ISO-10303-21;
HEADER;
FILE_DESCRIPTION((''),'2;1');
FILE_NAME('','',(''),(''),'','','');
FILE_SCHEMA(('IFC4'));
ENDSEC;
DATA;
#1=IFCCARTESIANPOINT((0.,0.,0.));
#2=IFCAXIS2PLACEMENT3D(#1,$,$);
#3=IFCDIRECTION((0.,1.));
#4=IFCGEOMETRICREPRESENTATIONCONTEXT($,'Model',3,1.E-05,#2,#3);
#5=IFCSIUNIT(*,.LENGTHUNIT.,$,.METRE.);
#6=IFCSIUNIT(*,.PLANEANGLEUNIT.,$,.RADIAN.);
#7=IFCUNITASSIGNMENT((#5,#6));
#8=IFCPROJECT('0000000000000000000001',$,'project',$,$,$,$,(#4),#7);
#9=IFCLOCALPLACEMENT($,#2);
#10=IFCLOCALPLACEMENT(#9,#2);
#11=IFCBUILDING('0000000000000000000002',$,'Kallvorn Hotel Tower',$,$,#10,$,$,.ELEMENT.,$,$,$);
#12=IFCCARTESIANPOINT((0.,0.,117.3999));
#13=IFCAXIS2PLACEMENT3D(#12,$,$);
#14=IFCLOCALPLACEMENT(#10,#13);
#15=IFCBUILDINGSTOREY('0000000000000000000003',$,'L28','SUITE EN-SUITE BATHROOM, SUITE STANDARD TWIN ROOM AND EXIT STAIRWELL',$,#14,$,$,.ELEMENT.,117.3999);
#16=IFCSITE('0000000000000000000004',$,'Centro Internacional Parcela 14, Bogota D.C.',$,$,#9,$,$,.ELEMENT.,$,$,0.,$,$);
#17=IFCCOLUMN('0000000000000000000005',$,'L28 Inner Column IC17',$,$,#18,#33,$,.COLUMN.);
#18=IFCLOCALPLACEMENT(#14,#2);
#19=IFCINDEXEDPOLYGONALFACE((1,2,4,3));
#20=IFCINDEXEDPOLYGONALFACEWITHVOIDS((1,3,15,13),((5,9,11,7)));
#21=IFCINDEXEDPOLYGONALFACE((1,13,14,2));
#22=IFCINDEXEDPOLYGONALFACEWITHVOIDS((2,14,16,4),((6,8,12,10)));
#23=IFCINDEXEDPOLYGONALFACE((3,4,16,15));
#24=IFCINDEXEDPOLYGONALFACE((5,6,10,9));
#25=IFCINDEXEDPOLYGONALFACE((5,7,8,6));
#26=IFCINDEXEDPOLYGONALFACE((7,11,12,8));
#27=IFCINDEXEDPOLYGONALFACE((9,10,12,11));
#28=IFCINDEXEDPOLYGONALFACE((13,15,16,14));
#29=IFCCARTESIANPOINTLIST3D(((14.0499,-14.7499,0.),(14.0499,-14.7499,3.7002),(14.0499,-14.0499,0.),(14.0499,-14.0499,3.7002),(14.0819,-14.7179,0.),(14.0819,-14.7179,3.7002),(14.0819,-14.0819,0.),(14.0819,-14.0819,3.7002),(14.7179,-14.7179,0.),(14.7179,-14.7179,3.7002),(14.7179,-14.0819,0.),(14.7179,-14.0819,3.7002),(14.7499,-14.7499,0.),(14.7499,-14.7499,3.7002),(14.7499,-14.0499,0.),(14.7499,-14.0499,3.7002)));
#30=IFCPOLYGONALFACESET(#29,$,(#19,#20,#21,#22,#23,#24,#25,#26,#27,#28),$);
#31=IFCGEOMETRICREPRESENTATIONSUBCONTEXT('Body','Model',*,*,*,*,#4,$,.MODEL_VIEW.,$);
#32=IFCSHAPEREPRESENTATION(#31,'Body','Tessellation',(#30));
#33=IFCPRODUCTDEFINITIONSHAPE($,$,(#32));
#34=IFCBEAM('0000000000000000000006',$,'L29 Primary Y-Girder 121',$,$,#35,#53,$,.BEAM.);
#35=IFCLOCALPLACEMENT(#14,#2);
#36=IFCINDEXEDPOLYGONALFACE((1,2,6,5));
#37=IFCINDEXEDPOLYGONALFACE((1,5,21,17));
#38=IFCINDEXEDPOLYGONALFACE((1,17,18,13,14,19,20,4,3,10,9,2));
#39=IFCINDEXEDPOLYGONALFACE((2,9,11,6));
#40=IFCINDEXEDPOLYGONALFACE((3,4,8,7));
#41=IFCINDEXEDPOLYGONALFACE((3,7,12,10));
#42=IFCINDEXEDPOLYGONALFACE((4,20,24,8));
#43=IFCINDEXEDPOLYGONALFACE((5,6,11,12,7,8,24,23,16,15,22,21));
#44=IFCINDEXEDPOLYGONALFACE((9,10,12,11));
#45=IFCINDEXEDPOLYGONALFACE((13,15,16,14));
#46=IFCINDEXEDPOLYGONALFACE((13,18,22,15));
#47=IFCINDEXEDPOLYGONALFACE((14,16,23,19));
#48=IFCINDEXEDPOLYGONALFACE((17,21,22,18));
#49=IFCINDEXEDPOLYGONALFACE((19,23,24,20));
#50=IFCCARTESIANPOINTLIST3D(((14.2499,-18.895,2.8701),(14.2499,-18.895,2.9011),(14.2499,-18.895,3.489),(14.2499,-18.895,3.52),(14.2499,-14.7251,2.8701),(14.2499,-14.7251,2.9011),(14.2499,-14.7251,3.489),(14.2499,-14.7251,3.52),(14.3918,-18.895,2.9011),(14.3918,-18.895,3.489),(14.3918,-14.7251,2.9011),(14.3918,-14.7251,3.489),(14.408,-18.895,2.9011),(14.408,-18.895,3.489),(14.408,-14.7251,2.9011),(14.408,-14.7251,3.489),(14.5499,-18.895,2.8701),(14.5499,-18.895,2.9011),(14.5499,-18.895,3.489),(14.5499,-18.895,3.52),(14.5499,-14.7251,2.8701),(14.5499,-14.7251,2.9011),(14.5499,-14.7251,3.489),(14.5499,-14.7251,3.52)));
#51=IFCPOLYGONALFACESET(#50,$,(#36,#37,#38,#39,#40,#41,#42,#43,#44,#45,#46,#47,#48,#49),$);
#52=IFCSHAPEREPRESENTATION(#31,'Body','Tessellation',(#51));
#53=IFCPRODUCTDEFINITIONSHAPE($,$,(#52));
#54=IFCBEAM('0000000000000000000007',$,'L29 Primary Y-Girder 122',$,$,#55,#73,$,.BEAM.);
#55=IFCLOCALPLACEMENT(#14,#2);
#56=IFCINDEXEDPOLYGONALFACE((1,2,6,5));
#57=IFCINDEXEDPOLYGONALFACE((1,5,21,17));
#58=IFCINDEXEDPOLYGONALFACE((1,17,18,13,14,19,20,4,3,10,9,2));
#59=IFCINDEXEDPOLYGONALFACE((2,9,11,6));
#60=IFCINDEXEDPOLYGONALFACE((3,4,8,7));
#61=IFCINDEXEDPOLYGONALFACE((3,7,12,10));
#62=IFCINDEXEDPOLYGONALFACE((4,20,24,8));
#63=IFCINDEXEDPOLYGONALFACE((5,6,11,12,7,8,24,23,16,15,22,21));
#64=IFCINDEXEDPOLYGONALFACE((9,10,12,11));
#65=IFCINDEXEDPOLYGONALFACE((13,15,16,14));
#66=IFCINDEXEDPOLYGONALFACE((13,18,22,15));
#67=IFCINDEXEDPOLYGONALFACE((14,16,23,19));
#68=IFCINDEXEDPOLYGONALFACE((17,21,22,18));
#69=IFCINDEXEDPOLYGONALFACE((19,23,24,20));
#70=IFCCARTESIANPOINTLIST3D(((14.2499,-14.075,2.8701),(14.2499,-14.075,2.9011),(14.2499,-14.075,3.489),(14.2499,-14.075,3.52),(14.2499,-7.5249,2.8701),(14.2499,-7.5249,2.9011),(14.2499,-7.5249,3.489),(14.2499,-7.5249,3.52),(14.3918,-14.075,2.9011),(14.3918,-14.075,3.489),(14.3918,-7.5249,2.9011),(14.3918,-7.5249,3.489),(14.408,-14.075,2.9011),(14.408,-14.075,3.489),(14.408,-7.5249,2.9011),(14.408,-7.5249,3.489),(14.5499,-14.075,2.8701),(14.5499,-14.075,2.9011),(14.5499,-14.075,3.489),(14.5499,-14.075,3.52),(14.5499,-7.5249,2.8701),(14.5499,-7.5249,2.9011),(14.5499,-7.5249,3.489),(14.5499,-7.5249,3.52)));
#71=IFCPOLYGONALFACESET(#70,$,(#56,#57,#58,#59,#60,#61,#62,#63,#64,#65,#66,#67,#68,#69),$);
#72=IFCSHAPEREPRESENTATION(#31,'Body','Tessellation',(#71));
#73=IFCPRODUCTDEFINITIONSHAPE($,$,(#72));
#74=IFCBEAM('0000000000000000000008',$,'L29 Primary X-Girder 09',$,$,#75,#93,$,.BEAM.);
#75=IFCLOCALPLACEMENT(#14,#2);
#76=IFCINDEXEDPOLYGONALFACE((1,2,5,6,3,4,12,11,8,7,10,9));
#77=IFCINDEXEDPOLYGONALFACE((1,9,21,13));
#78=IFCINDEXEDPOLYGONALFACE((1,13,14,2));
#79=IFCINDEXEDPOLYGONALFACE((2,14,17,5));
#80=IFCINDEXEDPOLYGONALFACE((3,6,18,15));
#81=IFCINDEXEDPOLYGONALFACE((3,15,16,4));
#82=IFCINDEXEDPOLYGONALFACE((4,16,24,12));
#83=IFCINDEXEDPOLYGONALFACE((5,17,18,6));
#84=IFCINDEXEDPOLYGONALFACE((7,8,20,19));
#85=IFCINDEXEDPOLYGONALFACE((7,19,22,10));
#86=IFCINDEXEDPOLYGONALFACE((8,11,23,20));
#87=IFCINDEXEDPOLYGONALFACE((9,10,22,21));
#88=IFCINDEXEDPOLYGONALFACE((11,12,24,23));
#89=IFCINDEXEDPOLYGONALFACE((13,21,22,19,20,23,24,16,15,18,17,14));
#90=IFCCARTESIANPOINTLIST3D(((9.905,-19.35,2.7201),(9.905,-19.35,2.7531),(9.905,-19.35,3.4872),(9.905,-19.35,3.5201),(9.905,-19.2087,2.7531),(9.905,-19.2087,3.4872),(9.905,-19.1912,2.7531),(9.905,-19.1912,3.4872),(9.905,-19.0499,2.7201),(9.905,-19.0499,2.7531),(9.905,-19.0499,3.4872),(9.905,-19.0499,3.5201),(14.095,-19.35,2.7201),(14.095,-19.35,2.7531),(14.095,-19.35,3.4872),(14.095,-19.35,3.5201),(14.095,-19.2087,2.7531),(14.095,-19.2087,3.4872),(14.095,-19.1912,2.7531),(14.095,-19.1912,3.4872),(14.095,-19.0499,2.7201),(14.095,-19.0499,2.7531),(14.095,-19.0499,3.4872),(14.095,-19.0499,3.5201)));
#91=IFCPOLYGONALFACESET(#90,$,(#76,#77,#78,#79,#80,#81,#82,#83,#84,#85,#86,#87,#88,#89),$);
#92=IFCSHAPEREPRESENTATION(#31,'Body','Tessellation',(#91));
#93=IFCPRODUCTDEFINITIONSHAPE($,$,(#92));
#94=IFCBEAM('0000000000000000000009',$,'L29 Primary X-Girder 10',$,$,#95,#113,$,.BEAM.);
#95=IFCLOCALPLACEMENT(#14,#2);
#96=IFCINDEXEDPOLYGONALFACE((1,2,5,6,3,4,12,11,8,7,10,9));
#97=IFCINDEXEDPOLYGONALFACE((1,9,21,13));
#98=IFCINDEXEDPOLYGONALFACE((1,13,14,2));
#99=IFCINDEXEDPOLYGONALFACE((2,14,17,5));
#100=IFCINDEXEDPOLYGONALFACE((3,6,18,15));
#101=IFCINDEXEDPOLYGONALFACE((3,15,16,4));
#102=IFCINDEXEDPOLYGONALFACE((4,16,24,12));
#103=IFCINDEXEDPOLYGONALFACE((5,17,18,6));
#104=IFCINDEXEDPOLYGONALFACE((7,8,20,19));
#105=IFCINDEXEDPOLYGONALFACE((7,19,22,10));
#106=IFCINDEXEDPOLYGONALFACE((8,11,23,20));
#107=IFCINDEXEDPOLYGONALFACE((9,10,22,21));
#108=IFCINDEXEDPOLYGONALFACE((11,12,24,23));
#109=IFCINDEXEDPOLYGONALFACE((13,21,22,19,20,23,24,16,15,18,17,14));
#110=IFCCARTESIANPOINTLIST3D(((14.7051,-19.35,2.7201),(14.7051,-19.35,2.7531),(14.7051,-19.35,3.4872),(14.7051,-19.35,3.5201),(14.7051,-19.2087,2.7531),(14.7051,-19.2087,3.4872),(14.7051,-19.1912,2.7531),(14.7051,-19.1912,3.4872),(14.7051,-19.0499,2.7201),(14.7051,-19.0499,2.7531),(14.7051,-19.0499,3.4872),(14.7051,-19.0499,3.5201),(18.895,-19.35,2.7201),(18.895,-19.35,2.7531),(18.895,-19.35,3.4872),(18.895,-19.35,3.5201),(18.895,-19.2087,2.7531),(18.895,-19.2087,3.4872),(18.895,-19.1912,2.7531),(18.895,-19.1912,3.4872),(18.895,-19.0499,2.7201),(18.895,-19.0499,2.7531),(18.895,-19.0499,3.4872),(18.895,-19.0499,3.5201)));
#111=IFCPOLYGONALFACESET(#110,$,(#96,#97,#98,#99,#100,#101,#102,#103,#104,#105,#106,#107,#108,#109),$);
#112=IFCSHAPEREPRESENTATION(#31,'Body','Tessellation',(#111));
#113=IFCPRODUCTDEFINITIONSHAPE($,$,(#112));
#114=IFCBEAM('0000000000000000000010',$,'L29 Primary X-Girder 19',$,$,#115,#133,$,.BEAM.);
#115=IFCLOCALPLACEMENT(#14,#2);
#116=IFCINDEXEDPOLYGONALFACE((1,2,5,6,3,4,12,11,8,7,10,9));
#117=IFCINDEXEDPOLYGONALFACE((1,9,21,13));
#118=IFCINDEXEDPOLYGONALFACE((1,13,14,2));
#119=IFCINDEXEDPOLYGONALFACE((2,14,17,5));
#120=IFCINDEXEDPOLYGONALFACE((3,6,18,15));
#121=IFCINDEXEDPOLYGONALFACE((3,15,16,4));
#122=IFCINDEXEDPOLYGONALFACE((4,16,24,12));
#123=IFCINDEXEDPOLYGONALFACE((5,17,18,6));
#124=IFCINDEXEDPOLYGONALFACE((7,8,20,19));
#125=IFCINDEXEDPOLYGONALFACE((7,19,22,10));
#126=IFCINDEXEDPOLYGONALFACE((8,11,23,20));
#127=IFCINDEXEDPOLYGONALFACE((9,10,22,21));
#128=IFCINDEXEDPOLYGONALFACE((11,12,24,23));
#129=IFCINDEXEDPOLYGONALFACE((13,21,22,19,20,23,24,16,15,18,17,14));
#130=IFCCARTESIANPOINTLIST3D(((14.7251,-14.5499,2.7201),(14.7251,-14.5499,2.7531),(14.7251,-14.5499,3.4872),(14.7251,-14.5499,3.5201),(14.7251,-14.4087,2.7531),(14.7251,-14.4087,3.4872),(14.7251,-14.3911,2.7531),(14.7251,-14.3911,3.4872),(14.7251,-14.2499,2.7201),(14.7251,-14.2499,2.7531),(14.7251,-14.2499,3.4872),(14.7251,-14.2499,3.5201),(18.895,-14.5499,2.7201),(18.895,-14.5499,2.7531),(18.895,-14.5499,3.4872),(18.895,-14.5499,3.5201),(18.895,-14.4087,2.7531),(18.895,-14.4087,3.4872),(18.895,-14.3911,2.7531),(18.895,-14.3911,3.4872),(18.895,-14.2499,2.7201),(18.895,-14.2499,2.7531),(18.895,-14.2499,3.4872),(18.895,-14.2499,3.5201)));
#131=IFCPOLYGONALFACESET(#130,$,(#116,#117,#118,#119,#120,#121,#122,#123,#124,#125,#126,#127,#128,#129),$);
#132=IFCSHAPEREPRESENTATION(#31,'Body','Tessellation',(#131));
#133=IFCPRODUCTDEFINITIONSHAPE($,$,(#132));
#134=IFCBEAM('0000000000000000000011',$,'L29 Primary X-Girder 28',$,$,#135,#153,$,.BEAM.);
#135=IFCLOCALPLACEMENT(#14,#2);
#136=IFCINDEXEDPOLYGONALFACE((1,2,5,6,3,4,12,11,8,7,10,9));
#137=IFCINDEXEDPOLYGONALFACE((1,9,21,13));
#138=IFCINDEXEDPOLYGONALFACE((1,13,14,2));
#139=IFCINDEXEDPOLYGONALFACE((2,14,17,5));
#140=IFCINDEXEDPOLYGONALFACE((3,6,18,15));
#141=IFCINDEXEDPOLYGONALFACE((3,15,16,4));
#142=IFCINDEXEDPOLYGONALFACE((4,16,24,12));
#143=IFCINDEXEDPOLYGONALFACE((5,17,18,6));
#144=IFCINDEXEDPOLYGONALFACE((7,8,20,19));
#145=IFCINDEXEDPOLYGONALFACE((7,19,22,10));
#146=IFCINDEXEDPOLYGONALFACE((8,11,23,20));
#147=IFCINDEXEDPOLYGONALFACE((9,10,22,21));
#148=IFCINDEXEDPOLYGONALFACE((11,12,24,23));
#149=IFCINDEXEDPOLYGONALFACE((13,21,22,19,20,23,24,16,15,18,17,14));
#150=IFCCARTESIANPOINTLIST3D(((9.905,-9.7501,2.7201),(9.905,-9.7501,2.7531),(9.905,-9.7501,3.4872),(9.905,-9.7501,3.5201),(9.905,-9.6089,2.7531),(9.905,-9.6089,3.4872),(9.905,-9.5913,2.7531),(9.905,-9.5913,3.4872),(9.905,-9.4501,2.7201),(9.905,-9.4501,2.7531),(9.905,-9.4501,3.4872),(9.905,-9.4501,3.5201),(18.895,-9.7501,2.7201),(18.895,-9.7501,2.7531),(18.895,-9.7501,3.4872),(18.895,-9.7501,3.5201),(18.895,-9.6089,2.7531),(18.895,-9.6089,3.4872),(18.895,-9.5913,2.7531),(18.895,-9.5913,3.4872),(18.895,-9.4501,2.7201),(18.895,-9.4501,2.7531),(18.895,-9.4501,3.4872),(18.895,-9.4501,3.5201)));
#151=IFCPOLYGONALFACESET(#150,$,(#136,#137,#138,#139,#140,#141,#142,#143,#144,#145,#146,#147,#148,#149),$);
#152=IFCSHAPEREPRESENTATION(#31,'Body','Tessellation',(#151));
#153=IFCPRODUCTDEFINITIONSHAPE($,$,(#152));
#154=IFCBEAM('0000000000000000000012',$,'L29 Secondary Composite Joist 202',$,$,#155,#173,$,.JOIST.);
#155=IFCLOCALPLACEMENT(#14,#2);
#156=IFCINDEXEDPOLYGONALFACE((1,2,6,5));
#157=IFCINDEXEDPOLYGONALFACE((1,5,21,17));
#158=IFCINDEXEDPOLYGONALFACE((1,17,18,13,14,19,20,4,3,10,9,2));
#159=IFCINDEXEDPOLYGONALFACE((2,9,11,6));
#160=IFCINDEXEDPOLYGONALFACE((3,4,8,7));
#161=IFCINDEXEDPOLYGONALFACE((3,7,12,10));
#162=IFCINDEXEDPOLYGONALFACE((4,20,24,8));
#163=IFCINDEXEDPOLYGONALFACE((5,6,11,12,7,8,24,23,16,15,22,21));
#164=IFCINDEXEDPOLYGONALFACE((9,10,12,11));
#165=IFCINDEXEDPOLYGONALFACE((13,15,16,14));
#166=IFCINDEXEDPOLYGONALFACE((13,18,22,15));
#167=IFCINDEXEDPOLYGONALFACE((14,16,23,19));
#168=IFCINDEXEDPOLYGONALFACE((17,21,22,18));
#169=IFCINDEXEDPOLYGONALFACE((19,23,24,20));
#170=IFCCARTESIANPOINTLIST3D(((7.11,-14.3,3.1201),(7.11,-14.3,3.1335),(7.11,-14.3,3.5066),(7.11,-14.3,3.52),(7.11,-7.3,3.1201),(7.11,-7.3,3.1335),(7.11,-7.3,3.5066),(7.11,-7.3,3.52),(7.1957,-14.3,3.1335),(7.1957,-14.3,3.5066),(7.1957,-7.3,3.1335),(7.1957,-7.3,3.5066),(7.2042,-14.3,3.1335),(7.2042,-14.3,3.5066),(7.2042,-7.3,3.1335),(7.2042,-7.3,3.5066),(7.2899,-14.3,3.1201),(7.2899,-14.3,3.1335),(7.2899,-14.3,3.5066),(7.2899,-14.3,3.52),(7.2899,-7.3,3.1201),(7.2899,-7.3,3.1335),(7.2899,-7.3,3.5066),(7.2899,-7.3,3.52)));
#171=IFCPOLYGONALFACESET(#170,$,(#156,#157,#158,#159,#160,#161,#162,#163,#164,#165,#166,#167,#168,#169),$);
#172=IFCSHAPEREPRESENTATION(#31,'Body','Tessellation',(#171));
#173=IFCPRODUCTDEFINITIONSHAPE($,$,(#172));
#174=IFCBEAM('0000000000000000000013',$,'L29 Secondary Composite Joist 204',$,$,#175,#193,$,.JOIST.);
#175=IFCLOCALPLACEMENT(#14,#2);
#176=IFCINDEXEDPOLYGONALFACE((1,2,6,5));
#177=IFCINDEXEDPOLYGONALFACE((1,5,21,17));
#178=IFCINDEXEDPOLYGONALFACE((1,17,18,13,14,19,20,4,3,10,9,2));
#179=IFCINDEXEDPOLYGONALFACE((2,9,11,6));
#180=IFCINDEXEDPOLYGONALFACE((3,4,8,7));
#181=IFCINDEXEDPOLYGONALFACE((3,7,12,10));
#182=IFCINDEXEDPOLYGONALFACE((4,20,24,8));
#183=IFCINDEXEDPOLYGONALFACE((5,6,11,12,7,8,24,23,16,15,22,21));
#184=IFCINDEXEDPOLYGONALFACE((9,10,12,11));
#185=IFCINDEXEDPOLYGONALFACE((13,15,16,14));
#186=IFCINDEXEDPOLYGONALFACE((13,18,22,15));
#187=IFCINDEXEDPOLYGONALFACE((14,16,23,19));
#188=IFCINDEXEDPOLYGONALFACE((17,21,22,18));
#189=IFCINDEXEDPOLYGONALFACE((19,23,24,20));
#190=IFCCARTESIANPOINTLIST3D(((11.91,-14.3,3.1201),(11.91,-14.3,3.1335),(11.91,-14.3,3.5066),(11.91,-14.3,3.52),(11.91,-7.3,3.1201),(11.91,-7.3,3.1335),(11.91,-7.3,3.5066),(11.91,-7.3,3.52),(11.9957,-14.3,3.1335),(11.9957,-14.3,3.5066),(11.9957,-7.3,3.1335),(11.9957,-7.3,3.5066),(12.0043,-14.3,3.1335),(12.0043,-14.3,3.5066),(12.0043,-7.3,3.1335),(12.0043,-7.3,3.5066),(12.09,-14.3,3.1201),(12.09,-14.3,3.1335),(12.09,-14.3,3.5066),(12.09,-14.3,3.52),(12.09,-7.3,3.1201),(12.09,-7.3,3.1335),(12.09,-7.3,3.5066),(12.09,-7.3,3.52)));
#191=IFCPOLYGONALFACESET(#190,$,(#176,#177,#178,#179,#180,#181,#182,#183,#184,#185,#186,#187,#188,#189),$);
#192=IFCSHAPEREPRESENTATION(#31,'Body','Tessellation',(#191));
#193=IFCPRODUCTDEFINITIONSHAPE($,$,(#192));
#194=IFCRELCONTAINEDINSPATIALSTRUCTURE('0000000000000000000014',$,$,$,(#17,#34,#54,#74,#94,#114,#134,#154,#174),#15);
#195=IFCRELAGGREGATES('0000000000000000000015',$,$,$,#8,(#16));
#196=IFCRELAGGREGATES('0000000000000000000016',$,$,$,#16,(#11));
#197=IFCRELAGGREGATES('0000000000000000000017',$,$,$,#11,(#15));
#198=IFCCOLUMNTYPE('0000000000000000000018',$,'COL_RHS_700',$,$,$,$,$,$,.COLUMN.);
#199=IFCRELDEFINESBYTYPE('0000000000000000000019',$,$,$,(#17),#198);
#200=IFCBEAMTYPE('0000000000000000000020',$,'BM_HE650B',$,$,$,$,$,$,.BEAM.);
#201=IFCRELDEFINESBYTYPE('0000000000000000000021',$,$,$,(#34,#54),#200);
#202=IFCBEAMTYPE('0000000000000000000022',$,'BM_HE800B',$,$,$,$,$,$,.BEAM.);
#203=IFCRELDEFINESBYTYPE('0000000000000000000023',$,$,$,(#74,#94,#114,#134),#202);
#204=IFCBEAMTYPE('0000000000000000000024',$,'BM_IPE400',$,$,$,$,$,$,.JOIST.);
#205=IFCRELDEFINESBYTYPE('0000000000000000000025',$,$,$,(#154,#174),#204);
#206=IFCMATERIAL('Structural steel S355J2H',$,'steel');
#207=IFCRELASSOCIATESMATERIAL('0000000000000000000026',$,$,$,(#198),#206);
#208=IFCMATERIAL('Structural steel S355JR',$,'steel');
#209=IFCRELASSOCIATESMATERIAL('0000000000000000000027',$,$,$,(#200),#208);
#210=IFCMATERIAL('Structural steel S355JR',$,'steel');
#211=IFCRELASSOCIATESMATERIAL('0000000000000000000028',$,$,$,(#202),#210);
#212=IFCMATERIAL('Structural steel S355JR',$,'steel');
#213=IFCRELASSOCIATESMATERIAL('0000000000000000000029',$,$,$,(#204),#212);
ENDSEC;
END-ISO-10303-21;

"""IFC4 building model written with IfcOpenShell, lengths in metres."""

from ifc_helpers import new_model, si_unit, direction, frame, origin, origin_2d, place, context, subcontext, project, spatial, hollow_rectangle, i_section, extrude, material, material_profile, profile_set, type_object, element, save


model = new_model("IFC4")

# Units and contexts
model_context = context("Model", 3, precision=1e-05, world=origin(), true_north=direction((0.0, 1.0)))
body_context = subcontext(model_context, "Body", "Model", "MODEL_VIEW")
ifc_project = project(units=[si_unit("LENGTHUNIT", "METRE"), si_unit("PLANEANGLEUNIT", "RADIAN")], contexts=[model_context])

# Site, building, storey
site_placement = place(None, origin())
site = spatial("IfcSite", under=ifc_project, at=site_placement, Name="Centro Internacional Parcela 14, Bogota D.C.", CompositionType="ELEMENT", RefElevation=0.0)
building_placement = place(site_placement, origin())
building = spatial("IfcBuilding", under=site, at=building_placement, Name="Kallvorn Hotel Tower", CompositionType="ELEMENT")
storey_placement = place(building_placement, frame((0.0, 0.0, 117.3999)))
storey = spatial("IfcBuildingStorey", under=building, at=storey_placement, Name="L28", Description="SUITE EN-SUITE BATHROOM, SUITE STANDARD TWIN ROOM AND EXIT STAIRWELL", CompositionType="ELEMENT", Elevation=117.3999)

# Column
ifc_material_1 = material(Name="Structural steel S355J2H", Category="steel")
ifc_material_profile_1 = material_profile(ifc_material_1, hollow_rectangle(XDim=0.7, YDim=0.7, WallThickness=0.032, at=origin_2d()), Name="RHS 700x700x32")
ifc_profile_set_1 = profile_set([ifc_material_profile_1], Name="Structural steel S355J2H")
column_type_1 = type_object("IfcColumnType", Name="COL_RHS_700", PredefinedType="COLUMN", material=ifc_profile_set_1)
column_placement = place(storey_placement, frame((14.3999, -14.3999, 0.0), z_axis=(0.0, 0.0, 1.0), x_axis=(1.0, 0.0, 0.0)))
element("IfcColumn", 1, at=column_placement, inside=storey, type_object=column_type_1, Name="L28 Inner Column IC17", PredefinedType="COLUMN", context=body_context, shape_type="SweptSolid", body=[
    extrude(hollow_rectangle(XDim=0.7, YDim=0.7, WallThickness=0.032, at=origin_2d()), origin(), (0.0, 0.0, 1.0), 3.7002),
])

# Beams
ifc_material_2 = material(Name="Structural steel S355JR", Category="steel")
ifc_material_profile_2 = material_profile(ifc_material_2, i_section(OverallWidth=0.3, OverallDepth=0.6499, WebThickness=0.0161, FlangeThickness=0.031, at=origin_2d()), Name="HE 650 B")
ifc_profile_set_2 = profile_set([ifc_material_profile_2], Name="Structural steel S355JR")
beam_type_1 = type_object("IfcBeamType", Name="BM_HE650B", PredefinedType="BEAM", material=ifc_profile_set_2)
beam_1_placement = place(storey_placement, frame((14.3999, -18.895, 3.1951), z_axis=(0.0, 1.0, 0.0), x_axis=(-1.0, 0.0, 0.0)))
element("IfcBeam", 2, at=beam_1_placement, inside=storey, type_object=beam_type_1, Name="L29 Primary Y-Girder 121", PredefinedType="BEAM", context=body_context, shape_type="SweptSolid", body=[
    extrude(i_section(OverallWidth=0.3, OverallDepth=0.6499, WebThickness=0.0161, FlangeThickness=0.031, at=origin_2d()), origin(), (0.0, 0.0, 1.0), 4.1699),
])
beam_2_placement = place(storey_placement, frame((14.3999, -14.075, 3.1951), z_axis=(0.0, 1.0, 0.0), x_axis=(-1.0, 0.0, 0.0)))
element("IfcBeam", 3, at=beam_2_placement, inside=storey, type_object=beam_type_1, Name="L29 Primary Y-Girder 122", PredefinedType="BEAM", context=body_context, shape_type="SweptSolid", body=[
    extrude(i_section(OverallWidth=0.3, OverallDepth=0.6499, WebThickness=0.0161, FlangeThickness=0.031, at=origin_2d()), origin(), (0.0, 0.0, 1.0), 6.55),
])
ifc_material_3 = material(Name="Structural steel S355JR", Category="steel")
ifc_material_profile_3 = material_profile(ifc_material_3, i_section(OverallWidth=0.3, OverallDepth=0.8, WebThickness=0.0176, FlangeThickness=0.033, at=origin_2d()), Name="HE 800 B")
ifc_profile_set_3 = profile_set([ifc_material_profile_3], Name="Structural steel S355JR")
beam_type_2 = type_object("IfcBeamType", Name="BM_HE800B", PredefinedType="BEAM", material=ifc_profile_set_3)
for number, where, z_axis, x_axis, name in (
    (4, (9.905, -19.2, 3.1201), (1.0, 0.0, 0.0), (0.0, 1.0, 0.0), "L29 Primary X-Girder 09"),
    (5, (14.7051, -19.2, 3.1201), (1.0, 0.0, 0.0), (0.0, 1.0, 0.0), "L29 Primary X-Girder 10"),
):
    element("IfcBeam", number, at=place(storey_placement, frame(where, z_axis=z_axis, x_axis=x_axis)), inside=storey, type_object=beam_type_2, Name=name, PredefinedType="BEAM", context=body_context, shape_type="SweptSolid", body=[
        extrude(i_section(OverallWidth=0.3, OverallDepth=0.8, WebThickness=0.0176, FlangeThickness=0.033, at=origin_2d()), origin(), (0.0, 0.0, 1.0), 4.1899),
    ])
beam_3_placement = place(storey_placement, frame((14.7251, -14.3999, 3.1201), z_axis=(1.0, 0.0, 0.0), x_axis=(0.0, 1.0, 0.0)))
element("IfcBeam", 6, at=beam_3_placement, inside=storey, type_object=beam_type_2, Name="L29 Primary X-Girder 19", PredefinedType="BEAM", context=body_context, shape_type="SweptSolid", body=[
    extrude(i_section(OverallWidth=0.3, OverallDepth=0.8, WebThickness=0.0176, FlangeThickness=0.033, at=origin_2d()), origin(), (0.0, 0.0, 1.0), 4.1699),
])
beam_4_placement = place(storey_placement, frame((9.905, -9.6001, 3.1201), z_axis=(1.0, 0.0, 0.0), x_axis=(0.0, 1.0, 0.0)))
element("IfcBeam", 7, at=beam_4_placement, inside=storey, type_object=beam_type_2, Name="L29 Primary X-Girder 28", PredefinedType="BEAM", context=body_context, shape_type="SweptSolid", body=[
    extrude(i_section(OverallWidth=0.3, OverallDepth=0.8, WebThickness=0.0176, FlangeThickness=0.033, at=origin_2d()), origin(), (0.0, 0.0, 1.0), 8.99),
])
ifc_material_4 = material(Name="Structural steel S355JR", Category="steel")
ifc_material_profile_4 = material_profile(ifc_material_4, i_section(OverallWidth=0.1799, OverallDepth=0.3999, WebThickness=0.0085, FlangeThickness=0.0134, at=origin_2d()), Name="IPE 400")
ifc_profile_set_4 = profile_set([ifc_material_profile_4], Name="Structural steel S355JR")
beam_type_3 = type_object("IfcBeamType", Name="BM_IPE400", PredefinedType="JOIST", material=ifc_profile_set_4)
for number, where, z_axis, x_axis, name in (
    (8, (7.2, -14.3, 3.3201), (0.0, 1.0, 0.0), (-1.0, 0.0, 0.0), "L29 Secondary Composite Joist 202"),
    (9, (12.0, -14.3, 3.3201), (0.0, 1.0, 0.0), (-1.0, 0.0, 0.0), "L29 Secondary Composite Joist 204"),
):
    element("IfcBeam", number, at=place(storey_placement, frame(where, z_axis=z_axis, x_axis=x_axis)), inside=storey, type_object=beam_type_3, Name=name, PredefinedType="JOIST", context=body_context, shape_type="SweptSolid", body=[
        extrude(i_section(OverallWidth=0.1799, OverallDepth=0.3999, WebThickness=0.0085, FlangeThickness=0.0134, at=origin_2d()), origin(), (0.0, 0.0, 1.0), 7.0),
    ])

save(model, "model.ifc")
